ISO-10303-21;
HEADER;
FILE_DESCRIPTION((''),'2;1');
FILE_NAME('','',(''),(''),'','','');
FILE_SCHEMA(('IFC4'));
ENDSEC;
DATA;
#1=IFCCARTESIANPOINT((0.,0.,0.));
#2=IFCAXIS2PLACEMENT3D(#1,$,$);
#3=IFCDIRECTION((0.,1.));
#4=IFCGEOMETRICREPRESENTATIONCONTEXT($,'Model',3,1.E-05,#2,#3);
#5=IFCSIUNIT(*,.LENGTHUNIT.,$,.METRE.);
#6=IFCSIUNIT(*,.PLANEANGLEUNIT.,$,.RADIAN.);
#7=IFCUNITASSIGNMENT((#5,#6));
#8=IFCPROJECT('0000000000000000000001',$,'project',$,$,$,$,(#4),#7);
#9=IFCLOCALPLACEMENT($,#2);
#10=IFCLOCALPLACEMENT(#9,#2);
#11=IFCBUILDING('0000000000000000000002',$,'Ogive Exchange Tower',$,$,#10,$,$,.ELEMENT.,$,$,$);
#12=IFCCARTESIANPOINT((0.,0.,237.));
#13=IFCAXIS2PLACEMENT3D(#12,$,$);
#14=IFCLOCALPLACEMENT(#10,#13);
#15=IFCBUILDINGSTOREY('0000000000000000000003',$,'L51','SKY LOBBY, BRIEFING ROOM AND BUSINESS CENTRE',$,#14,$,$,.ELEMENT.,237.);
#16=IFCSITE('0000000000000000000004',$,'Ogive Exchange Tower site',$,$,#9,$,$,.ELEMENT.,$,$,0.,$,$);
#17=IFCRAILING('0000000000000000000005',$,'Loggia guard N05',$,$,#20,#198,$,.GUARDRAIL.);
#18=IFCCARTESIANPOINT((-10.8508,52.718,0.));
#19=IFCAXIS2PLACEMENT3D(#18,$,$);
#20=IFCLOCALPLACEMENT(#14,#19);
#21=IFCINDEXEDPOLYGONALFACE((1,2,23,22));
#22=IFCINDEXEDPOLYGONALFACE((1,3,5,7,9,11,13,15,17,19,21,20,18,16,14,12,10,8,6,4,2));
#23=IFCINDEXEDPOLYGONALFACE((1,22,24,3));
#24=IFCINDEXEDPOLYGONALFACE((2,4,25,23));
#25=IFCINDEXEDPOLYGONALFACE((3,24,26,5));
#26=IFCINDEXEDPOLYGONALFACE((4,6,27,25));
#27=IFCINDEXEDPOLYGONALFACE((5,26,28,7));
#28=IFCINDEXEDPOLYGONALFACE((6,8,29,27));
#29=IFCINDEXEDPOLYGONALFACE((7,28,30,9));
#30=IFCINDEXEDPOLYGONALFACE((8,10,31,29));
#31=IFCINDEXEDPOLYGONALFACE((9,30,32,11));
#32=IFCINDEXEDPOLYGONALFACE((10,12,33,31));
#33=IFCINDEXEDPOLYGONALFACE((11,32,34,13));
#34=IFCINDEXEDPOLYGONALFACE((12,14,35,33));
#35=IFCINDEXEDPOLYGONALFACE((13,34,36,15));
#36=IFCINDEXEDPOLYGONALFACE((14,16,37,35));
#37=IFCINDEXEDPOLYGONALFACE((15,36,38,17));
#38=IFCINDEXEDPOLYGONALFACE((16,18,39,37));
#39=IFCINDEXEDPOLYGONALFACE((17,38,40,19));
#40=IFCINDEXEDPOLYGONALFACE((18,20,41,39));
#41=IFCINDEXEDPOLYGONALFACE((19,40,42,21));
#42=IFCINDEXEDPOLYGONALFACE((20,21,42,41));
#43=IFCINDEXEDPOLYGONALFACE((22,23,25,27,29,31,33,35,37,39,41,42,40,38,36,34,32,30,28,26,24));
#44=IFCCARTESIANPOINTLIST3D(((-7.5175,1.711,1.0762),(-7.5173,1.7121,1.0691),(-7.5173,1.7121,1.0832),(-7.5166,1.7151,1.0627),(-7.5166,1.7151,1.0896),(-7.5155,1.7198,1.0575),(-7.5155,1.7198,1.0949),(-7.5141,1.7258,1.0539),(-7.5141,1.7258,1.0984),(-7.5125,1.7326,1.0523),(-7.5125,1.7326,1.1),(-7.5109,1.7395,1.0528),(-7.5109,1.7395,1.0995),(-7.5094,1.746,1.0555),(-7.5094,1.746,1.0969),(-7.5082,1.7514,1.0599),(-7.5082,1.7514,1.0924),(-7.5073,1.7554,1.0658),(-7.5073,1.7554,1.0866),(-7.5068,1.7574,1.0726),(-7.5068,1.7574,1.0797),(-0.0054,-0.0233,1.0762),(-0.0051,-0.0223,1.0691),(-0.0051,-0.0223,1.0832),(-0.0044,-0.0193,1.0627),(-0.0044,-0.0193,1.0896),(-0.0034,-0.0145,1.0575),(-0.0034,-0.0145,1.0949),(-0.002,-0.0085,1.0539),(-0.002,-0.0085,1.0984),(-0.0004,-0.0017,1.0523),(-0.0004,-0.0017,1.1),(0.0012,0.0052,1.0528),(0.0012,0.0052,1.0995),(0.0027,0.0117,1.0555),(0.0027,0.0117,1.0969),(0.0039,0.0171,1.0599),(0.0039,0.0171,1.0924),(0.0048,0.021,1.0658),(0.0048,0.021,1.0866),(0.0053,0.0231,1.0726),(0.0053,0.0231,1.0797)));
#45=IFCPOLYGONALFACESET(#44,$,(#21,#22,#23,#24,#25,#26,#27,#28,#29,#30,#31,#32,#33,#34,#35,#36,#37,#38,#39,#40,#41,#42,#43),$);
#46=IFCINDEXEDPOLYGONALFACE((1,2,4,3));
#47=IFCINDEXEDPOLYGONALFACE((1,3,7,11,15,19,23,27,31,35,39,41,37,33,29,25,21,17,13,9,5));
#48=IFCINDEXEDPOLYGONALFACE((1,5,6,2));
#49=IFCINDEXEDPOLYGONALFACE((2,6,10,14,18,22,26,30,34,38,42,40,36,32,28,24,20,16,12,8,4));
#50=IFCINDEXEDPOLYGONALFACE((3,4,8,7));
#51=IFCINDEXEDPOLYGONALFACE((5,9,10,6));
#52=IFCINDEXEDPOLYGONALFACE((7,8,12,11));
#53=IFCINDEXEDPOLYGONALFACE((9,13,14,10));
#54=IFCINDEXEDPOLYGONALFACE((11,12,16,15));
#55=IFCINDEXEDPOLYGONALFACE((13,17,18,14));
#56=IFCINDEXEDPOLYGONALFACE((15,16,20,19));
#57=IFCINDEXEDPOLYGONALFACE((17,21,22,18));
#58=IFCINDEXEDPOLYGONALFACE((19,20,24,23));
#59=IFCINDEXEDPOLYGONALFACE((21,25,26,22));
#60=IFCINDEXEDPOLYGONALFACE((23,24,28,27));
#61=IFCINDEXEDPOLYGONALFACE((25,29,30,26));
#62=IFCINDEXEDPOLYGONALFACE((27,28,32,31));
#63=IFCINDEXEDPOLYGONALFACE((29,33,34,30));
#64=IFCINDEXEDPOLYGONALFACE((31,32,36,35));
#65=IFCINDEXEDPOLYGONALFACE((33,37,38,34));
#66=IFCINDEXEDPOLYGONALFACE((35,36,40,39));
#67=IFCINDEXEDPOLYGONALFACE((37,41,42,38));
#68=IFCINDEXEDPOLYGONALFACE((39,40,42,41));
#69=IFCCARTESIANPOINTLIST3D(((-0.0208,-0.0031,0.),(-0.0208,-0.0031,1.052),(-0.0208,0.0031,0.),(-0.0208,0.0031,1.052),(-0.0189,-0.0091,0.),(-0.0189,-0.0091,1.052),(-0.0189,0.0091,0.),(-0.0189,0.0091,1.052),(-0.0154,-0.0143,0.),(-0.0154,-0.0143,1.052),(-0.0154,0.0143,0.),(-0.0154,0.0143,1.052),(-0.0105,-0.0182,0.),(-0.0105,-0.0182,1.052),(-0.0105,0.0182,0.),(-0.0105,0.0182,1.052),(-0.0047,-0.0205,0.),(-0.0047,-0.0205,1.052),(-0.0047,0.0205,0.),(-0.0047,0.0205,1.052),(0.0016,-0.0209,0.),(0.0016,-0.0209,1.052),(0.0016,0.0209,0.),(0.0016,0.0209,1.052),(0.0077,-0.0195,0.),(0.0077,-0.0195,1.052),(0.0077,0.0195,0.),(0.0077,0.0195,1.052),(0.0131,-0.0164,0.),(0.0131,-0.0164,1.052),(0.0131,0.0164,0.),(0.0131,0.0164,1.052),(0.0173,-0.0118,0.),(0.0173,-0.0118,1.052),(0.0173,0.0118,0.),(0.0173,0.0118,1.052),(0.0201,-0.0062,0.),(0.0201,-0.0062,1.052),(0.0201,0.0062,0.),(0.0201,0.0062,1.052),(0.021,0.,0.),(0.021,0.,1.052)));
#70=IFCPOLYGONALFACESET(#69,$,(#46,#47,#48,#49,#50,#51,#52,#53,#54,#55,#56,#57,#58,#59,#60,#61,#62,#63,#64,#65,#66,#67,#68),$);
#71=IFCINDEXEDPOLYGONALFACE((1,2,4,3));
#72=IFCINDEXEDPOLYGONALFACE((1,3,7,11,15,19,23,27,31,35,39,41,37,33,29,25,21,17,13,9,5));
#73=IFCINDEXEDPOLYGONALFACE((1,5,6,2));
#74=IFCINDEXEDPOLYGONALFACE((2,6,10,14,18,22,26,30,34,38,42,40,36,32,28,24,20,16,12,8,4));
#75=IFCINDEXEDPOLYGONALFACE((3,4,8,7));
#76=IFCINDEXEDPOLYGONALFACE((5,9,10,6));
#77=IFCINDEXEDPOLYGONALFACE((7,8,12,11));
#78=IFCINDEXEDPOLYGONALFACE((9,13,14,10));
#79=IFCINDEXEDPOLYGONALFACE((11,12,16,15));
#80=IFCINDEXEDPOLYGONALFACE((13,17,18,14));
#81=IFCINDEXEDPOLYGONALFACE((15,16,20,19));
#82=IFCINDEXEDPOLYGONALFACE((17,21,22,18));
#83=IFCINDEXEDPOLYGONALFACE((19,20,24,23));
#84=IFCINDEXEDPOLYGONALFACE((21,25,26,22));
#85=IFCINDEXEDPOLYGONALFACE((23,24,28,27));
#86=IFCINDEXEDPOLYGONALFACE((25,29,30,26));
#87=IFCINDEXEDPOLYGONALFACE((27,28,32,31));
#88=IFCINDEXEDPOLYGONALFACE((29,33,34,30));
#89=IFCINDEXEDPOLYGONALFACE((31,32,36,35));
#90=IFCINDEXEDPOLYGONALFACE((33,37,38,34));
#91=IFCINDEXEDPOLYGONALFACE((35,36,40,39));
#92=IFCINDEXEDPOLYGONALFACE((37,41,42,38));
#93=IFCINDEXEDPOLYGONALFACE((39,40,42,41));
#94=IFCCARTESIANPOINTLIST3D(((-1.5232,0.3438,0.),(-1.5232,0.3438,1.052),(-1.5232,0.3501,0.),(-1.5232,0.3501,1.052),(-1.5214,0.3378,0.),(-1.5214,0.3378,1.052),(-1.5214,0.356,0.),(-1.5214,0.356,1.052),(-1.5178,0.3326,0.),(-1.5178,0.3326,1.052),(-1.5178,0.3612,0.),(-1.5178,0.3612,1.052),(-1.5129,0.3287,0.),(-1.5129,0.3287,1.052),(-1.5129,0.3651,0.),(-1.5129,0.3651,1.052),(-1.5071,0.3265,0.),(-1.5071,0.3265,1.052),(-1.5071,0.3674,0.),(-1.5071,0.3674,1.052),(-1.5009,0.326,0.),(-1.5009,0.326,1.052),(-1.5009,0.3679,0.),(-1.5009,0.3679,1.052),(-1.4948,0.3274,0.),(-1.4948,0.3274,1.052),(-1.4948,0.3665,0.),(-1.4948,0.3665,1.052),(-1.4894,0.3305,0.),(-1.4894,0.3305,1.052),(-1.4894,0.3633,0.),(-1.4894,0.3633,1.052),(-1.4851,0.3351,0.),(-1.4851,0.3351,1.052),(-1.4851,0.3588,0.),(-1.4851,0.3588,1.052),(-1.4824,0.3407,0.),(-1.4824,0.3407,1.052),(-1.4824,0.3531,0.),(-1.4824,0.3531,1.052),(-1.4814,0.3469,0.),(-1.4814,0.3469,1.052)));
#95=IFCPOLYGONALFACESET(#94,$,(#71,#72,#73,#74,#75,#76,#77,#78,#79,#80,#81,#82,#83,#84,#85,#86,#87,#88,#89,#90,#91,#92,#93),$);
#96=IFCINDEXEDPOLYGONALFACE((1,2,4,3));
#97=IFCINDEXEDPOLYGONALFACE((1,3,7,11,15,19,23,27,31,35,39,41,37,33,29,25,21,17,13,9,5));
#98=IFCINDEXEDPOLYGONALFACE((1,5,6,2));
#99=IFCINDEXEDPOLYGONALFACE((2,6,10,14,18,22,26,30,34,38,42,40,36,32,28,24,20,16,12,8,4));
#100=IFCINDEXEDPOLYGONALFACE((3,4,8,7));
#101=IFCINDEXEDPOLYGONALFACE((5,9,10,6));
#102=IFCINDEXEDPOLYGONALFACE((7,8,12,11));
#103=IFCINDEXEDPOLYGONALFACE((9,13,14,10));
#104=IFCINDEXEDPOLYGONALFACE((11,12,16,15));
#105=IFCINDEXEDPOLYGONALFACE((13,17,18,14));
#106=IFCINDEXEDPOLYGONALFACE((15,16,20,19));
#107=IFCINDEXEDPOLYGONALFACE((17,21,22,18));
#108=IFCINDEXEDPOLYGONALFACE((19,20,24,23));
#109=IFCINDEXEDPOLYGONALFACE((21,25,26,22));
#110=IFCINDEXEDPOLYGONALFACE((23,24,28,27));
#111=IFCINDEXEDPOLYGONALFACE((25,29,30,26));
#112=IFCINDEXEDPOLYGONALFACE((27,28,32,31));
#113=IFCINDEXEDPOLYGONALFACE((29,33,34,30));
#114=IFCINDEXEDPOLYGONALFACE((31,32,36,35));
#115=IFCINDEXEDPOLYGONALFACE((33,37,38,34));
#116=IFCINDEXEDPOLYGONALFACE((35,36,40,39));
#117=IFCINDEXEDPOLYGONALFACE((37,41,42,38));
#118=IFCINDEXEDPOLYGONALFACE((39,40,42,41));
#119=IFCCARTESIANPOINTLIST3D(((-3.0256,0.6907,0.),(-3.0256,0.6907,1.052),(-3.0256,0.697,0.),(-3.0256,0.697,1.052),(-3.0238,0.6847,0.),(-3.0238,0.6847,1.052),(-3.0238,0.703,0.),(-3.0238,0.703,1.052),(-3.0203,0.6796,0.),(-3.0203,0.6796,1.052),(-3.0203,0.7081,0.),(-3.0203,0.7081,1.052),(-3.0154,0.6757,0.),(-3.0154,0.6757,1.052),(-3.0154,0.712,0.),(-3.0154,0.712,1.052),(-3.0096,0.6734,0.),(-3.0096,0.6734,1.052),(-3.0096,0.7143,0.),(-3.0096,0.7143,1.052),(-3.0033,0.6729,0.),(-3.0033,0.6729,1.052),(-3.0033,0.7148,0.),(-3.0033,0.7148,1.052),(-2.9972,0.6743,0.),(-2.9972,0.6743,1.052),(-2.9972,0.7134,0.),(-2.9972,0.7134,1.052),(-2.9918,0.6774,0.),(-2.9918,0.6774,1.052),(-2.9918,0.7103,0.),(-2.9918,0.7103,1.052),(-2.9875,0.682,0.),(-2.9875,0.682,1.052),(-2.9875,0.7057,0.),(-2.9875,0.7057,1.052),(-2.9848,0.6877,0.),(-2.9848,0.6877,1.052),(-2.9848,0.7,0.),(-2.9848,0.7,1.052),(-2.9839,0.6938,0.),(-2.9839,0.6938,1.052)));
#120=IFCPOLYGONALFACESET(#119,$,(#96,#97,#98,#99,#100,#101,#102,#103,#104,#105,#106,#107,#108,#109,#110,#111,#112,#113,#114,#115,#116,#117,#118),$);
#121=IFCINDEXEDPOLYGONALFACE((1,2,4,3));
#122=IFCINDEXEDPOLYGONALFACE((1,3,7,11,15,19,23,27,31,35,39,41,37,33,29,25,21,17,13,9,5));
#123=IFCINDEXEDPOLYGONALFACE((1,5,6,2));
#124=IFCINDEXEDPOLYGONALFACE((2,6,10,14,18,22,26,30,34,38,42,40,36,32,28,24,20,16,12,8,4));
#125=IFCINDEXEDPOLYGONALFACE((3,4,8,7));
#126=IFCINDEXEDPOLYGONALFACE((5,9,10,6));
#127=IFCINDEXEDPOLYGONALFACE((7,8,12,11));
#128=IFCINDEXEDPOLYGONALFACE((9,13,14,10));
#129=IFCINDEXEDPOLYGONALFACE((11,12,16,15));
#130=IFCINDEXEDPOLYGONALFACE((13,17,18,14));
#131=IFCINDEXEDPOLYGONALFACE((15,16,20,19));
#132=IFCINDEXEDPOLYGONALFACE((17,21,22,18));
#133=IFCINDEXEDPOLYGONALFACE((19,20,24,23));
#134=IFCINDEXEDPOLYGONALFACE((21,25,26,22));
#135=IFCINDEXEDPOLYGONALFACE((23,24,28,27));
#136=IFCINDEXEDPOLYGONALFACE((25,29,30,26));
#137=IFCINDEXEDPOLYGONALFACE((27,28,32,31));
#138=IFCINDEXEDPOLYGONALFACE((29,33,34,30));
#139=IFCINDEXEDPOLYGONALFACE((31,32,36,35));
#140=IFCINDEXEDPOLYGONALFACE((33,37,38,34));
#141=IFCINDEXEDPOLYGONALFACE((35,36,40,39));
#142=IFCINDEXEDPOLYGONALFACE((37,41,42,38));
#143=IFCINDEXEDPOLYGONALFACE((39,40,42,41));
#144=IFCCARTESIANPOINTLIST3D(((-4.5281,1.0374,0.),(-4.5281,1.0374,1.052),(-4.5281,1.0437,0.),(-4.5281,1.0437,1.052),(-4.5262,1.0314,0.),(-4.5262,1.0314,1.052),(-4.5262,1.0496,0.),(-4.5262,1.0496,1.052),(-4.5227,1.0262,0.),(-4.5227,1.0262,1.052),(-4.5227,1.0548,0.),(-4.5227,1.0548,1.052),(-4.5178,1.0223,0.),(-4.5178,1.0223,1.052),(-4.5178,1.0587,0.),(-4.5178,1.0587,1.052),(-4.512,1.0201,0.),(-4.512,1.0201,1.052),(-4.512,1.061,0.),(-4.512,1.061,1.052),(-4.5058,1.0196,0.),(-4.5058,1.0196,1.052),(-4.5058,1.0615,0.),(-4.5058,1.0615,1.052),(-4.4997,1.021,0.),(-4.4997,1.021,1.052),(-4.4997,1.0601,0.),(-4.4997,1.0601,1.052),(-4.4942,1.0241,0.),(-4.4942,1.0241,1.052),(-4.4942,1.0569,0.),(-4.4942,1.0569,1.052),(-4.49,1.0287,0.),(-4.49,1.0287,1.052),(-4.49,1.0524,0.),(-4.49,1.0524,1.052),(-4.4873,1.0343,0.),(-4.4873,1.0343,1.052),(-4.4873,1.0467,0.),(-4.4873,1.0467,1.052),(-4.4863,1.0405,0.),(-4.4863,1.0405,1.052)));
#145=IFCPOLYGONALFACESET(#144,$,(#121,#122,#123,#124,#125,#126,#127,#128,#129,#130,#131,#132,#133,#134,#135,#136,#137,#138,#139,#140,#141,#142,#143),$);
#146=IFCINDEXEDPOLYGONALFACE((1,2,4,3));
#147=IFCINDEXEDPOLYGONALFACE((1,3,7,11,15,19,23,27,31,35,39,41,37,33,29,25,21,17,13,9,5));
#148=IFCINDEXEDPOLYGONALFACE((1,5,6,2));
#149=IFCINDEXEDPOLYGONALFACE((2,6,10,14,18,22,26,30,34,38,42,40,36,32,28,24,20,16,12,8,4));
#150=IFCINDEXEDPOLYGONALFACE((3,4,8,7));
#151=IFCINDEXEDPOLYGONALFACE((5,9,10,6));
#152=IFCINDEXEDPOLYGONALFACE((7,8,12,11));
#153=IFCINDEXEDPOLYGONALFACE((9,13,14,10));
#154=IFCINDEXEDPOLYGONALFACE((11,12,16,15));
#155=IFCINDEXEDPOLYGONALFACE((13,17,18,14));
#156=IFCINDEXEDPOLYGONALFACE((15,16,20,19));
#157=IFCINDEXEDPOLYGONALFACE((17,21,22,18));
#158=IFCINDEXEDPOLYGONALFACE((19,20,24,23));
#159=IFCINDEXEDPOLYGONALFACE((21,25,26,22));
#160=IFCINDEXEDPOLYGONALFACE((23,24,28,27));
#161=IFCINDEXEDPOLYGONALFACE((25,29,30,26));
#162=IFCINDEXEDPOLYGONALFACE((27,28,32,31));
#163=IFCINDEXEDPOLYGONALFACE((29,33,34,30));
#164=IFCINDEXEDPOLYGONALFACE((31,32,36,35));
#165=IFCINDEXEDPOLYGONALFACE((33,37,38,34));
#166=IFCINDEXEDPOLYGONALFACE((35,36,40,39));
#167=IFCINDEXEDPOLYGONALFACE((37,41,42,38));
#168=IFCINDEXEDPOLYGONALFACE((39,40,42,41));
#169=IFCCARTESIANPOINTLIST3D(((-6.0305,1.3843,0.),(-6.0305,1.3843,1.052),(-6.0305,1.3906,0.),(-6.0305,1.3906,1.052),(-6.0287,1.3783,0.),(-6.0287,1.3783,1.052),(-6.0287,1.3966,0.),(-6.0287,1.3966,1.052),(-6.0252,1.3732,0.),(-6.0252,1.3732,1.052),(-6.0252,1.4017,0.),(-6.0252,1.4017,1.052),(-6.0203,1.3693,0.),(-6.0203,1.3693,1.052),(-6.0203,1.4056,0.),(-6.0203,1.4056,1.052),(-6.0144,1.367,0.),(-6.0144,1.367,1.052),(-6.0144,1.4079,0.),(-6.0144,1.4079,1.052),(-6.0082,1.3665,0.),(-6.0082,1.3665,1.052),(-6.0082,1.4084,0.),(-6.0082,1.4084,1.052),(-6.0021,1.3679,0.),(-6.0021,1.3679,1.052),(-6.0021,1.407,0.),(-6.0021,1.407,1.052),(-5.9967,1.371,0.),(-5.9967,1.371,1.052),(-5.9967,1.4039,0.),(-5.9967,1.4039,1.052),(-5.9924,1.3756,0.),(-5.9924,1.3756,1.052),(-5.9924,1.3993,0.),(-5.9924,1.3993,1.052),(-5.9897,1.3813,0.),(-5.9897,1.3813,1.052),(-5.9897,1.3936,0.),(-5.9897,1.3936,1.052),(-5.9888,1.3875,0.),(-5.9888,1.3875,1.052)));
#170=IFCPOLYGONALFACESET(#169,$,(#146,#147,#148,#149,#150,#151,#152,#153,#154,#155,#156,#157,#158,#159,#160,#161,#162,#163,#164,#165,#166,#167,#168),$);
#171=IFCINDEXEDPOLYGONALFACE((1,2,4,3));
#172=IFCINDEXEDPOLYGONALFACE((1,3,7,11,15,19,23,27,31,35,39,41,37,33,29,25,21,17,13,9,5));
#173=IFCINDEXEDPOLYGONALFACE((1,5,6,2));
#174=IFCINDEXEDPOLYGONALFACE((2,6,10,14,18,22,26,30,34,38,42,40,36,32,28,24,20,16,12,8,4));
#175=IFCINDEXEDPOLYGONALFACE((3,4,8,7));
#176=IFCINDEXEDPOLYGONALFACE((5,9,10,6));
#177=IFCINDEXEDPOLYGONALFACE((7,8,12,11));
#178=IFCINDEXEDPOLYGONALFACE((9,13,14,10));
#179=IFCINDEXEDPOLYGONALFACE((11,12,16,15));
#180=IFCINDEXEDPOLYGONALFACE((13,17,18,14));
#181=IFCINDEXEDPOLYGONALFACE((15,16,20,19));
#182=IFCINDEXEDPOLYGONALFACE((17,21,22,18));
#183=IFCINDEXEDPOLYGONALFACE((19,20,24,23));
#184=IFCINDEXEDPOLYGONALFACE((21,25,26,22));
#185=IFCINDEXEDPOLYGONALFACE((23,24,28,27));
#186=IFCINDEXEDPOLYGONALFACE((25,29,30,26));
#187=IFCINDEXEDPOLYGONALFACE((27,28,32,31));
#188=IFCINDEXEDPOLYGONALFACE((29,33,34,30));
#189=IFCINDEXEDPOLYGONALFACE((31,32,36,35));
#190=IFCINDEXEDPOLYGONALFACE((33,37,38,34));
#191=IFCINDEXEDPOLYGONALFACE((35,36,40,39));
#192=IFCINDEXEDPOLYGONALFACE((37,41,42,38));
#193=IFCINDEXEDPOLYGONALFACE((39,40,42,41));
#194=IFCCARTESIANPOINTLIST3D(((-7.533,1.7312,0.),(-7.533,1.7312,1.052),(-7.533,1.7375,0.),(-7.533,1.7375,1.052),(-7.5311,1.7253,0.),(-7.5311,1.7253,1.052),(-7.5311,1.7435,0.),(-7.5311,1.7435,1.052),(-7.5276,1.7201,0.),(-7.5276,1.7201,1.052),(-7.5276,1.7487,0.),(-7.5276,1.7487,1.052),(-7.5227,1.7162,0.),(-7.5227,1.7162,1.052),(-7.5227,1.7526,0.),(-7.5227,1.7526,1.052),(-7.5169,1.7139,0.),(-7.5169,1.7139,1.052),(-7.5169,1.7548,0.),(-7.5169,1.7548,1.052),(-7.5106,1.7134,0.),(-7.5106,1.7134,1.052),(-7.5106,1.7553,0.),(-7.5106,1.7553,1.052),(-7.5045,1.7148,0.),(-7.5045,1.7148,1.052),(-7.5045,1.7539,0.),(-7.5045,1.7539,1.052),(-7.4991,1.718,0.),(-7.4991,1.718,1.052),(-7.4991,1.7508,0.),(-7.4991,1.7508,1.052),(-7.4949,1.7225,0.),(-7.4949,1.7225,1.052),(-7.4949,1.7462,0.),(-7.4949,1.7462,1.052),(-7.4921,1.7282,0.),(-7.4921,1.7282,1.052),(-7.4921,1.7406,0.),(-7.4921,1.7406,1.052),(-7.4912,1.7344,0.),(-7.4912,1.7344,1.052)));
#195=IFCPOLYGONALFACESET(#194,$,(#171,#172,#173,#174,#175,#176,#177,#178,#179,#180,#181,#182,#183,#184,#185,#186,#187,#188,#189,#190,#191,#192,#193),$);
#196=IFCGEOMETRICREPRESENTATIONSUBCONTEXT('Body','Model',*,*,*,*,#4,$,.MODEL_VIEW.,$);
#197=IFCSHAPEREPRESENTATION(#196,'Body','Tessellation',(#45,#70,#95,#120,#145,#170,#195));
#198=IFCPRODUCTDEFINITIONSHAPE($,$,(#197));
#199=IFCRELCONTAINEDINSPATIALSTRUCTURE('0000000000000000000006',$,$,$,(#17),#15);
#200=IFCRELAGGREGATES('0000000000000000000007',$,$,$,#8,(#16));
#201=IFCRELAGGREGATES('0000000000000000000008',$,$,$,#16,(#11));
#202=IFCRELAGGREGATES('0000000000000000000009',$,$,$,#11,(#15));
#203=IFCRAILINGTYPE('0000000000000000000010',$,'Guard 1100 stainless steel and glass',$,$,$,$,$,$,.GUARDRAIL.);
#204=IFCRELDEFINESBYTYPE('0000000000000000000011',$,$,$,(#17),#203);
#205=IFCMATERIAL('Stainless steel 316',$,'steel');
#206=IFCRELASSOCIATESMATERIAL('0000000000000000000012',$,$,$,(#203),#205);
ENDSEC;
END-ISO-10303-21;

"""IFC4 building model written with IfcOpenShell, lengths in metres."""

from ifc_helpers import new_model, si_unit, direction, frame, origin, origin_2d, place, context, subcontext, project, spatial, circle, extrude, material, type_object, element, save


model = new_model("IFC4")

# Units and contexts
model_context = context("Model", 3, precision=1e-05, world=origin(), true_north=direction((0.0, 1.0)))
body_context = subcontext(model_context, "Body", "Model", "MODEL_VIEW")
ifc_project = project(units=[si_unit("LENGTHUNIT", "METRE"), si_unit("PLANEANGLEUNIT", "RADIAN")], contexts=[model_context])

# Site, building, storey
site_placement = place(None, origin())
site = spatial("IfcSite", under=ifc_project, at=site_placement, Name="Ogive Exchange Tower site", CompositionType="ELEMENT", RefElevation=0.0)
building_placement = place(site_placement, origin())
building = spatial("IfcBuilding", under=site, at=building_placement, Name="Ogive Exchange Tower", CompositionType="ELEMENT")
storey_placement = place(building_placement, frame((0.0, 0.0, 237.0)))
storey = spatial("IfcBuildingStorey", under=building, at=storey_placement, Name="L51", Description="SKY LOBBY, BRIEFING ROOM AND BUSINESS CENTRE", CompositionType="ELEMENT", Elevation=237.0)

# Railing
ifc_material_1 = material(Name="Stainless steel 316", Category="steel")
railing_type = type_object("IfcRailingType", Name="Guard 1100 stainless steel and glass", PredefinedType="GUARDRAIL", material=ifc_material_1)
railing_1_placement = place(storey_placement, frame((-10.8508, 52.718, 0.0)))
element("IfcRailing", 1, at=railing_1_placement, inside=storey, type_object=railing_type, Name="Loggia guard N05", PredefinedType="GUARDRAIL", context=body_context, shape_type="SweptSolid", body=[
    extrude(circle(Radius=0.0239, at=origin_2d()), frame((0.0, 0.0, 1.0762), z_axis=(-0.974369, 0.224957, 0.0), x_axis=(-0.224957, -0.974369, 0.0)), (0.0, 0.0, 1.0), 7.7097),
    extrude(circle(Radius=0.021, at=origin_2d()), origin(), (0.0, 0.0, 1.0), 1.052),
    extrude(circle(Radius=0.021, at=origin_2d()), frame((-1.5024, 0.3469, 0.0)), (0.0, 0.0, 1.0), 1.052),
    extrude(circle(Radius=0.021, at=origin_2d()), frame((-3.0049, 0.6938, 0.0)), (0.0, 0.0, 1.0), 1.052),
    extrude(circle(Radius=0.021, at=origin_2d()), frame((-4.5073, 1.0405, 0.0)), (0.0, 0.0, 1.0), 1.052),
    extrude(circle(Radius=0.021, at=origin_2d()), frame((-6.0098, 1.3875, 0.0)), (0.0, 0.0, 1.0), 1.052),
    extrude(circle(Radius=0.021, at=origin_2d()), frame((-7.5122, 1.7344, 0.0)), (0.0, 0.0, 1.0), 1.052),
])

save(model, "model.ifc")
